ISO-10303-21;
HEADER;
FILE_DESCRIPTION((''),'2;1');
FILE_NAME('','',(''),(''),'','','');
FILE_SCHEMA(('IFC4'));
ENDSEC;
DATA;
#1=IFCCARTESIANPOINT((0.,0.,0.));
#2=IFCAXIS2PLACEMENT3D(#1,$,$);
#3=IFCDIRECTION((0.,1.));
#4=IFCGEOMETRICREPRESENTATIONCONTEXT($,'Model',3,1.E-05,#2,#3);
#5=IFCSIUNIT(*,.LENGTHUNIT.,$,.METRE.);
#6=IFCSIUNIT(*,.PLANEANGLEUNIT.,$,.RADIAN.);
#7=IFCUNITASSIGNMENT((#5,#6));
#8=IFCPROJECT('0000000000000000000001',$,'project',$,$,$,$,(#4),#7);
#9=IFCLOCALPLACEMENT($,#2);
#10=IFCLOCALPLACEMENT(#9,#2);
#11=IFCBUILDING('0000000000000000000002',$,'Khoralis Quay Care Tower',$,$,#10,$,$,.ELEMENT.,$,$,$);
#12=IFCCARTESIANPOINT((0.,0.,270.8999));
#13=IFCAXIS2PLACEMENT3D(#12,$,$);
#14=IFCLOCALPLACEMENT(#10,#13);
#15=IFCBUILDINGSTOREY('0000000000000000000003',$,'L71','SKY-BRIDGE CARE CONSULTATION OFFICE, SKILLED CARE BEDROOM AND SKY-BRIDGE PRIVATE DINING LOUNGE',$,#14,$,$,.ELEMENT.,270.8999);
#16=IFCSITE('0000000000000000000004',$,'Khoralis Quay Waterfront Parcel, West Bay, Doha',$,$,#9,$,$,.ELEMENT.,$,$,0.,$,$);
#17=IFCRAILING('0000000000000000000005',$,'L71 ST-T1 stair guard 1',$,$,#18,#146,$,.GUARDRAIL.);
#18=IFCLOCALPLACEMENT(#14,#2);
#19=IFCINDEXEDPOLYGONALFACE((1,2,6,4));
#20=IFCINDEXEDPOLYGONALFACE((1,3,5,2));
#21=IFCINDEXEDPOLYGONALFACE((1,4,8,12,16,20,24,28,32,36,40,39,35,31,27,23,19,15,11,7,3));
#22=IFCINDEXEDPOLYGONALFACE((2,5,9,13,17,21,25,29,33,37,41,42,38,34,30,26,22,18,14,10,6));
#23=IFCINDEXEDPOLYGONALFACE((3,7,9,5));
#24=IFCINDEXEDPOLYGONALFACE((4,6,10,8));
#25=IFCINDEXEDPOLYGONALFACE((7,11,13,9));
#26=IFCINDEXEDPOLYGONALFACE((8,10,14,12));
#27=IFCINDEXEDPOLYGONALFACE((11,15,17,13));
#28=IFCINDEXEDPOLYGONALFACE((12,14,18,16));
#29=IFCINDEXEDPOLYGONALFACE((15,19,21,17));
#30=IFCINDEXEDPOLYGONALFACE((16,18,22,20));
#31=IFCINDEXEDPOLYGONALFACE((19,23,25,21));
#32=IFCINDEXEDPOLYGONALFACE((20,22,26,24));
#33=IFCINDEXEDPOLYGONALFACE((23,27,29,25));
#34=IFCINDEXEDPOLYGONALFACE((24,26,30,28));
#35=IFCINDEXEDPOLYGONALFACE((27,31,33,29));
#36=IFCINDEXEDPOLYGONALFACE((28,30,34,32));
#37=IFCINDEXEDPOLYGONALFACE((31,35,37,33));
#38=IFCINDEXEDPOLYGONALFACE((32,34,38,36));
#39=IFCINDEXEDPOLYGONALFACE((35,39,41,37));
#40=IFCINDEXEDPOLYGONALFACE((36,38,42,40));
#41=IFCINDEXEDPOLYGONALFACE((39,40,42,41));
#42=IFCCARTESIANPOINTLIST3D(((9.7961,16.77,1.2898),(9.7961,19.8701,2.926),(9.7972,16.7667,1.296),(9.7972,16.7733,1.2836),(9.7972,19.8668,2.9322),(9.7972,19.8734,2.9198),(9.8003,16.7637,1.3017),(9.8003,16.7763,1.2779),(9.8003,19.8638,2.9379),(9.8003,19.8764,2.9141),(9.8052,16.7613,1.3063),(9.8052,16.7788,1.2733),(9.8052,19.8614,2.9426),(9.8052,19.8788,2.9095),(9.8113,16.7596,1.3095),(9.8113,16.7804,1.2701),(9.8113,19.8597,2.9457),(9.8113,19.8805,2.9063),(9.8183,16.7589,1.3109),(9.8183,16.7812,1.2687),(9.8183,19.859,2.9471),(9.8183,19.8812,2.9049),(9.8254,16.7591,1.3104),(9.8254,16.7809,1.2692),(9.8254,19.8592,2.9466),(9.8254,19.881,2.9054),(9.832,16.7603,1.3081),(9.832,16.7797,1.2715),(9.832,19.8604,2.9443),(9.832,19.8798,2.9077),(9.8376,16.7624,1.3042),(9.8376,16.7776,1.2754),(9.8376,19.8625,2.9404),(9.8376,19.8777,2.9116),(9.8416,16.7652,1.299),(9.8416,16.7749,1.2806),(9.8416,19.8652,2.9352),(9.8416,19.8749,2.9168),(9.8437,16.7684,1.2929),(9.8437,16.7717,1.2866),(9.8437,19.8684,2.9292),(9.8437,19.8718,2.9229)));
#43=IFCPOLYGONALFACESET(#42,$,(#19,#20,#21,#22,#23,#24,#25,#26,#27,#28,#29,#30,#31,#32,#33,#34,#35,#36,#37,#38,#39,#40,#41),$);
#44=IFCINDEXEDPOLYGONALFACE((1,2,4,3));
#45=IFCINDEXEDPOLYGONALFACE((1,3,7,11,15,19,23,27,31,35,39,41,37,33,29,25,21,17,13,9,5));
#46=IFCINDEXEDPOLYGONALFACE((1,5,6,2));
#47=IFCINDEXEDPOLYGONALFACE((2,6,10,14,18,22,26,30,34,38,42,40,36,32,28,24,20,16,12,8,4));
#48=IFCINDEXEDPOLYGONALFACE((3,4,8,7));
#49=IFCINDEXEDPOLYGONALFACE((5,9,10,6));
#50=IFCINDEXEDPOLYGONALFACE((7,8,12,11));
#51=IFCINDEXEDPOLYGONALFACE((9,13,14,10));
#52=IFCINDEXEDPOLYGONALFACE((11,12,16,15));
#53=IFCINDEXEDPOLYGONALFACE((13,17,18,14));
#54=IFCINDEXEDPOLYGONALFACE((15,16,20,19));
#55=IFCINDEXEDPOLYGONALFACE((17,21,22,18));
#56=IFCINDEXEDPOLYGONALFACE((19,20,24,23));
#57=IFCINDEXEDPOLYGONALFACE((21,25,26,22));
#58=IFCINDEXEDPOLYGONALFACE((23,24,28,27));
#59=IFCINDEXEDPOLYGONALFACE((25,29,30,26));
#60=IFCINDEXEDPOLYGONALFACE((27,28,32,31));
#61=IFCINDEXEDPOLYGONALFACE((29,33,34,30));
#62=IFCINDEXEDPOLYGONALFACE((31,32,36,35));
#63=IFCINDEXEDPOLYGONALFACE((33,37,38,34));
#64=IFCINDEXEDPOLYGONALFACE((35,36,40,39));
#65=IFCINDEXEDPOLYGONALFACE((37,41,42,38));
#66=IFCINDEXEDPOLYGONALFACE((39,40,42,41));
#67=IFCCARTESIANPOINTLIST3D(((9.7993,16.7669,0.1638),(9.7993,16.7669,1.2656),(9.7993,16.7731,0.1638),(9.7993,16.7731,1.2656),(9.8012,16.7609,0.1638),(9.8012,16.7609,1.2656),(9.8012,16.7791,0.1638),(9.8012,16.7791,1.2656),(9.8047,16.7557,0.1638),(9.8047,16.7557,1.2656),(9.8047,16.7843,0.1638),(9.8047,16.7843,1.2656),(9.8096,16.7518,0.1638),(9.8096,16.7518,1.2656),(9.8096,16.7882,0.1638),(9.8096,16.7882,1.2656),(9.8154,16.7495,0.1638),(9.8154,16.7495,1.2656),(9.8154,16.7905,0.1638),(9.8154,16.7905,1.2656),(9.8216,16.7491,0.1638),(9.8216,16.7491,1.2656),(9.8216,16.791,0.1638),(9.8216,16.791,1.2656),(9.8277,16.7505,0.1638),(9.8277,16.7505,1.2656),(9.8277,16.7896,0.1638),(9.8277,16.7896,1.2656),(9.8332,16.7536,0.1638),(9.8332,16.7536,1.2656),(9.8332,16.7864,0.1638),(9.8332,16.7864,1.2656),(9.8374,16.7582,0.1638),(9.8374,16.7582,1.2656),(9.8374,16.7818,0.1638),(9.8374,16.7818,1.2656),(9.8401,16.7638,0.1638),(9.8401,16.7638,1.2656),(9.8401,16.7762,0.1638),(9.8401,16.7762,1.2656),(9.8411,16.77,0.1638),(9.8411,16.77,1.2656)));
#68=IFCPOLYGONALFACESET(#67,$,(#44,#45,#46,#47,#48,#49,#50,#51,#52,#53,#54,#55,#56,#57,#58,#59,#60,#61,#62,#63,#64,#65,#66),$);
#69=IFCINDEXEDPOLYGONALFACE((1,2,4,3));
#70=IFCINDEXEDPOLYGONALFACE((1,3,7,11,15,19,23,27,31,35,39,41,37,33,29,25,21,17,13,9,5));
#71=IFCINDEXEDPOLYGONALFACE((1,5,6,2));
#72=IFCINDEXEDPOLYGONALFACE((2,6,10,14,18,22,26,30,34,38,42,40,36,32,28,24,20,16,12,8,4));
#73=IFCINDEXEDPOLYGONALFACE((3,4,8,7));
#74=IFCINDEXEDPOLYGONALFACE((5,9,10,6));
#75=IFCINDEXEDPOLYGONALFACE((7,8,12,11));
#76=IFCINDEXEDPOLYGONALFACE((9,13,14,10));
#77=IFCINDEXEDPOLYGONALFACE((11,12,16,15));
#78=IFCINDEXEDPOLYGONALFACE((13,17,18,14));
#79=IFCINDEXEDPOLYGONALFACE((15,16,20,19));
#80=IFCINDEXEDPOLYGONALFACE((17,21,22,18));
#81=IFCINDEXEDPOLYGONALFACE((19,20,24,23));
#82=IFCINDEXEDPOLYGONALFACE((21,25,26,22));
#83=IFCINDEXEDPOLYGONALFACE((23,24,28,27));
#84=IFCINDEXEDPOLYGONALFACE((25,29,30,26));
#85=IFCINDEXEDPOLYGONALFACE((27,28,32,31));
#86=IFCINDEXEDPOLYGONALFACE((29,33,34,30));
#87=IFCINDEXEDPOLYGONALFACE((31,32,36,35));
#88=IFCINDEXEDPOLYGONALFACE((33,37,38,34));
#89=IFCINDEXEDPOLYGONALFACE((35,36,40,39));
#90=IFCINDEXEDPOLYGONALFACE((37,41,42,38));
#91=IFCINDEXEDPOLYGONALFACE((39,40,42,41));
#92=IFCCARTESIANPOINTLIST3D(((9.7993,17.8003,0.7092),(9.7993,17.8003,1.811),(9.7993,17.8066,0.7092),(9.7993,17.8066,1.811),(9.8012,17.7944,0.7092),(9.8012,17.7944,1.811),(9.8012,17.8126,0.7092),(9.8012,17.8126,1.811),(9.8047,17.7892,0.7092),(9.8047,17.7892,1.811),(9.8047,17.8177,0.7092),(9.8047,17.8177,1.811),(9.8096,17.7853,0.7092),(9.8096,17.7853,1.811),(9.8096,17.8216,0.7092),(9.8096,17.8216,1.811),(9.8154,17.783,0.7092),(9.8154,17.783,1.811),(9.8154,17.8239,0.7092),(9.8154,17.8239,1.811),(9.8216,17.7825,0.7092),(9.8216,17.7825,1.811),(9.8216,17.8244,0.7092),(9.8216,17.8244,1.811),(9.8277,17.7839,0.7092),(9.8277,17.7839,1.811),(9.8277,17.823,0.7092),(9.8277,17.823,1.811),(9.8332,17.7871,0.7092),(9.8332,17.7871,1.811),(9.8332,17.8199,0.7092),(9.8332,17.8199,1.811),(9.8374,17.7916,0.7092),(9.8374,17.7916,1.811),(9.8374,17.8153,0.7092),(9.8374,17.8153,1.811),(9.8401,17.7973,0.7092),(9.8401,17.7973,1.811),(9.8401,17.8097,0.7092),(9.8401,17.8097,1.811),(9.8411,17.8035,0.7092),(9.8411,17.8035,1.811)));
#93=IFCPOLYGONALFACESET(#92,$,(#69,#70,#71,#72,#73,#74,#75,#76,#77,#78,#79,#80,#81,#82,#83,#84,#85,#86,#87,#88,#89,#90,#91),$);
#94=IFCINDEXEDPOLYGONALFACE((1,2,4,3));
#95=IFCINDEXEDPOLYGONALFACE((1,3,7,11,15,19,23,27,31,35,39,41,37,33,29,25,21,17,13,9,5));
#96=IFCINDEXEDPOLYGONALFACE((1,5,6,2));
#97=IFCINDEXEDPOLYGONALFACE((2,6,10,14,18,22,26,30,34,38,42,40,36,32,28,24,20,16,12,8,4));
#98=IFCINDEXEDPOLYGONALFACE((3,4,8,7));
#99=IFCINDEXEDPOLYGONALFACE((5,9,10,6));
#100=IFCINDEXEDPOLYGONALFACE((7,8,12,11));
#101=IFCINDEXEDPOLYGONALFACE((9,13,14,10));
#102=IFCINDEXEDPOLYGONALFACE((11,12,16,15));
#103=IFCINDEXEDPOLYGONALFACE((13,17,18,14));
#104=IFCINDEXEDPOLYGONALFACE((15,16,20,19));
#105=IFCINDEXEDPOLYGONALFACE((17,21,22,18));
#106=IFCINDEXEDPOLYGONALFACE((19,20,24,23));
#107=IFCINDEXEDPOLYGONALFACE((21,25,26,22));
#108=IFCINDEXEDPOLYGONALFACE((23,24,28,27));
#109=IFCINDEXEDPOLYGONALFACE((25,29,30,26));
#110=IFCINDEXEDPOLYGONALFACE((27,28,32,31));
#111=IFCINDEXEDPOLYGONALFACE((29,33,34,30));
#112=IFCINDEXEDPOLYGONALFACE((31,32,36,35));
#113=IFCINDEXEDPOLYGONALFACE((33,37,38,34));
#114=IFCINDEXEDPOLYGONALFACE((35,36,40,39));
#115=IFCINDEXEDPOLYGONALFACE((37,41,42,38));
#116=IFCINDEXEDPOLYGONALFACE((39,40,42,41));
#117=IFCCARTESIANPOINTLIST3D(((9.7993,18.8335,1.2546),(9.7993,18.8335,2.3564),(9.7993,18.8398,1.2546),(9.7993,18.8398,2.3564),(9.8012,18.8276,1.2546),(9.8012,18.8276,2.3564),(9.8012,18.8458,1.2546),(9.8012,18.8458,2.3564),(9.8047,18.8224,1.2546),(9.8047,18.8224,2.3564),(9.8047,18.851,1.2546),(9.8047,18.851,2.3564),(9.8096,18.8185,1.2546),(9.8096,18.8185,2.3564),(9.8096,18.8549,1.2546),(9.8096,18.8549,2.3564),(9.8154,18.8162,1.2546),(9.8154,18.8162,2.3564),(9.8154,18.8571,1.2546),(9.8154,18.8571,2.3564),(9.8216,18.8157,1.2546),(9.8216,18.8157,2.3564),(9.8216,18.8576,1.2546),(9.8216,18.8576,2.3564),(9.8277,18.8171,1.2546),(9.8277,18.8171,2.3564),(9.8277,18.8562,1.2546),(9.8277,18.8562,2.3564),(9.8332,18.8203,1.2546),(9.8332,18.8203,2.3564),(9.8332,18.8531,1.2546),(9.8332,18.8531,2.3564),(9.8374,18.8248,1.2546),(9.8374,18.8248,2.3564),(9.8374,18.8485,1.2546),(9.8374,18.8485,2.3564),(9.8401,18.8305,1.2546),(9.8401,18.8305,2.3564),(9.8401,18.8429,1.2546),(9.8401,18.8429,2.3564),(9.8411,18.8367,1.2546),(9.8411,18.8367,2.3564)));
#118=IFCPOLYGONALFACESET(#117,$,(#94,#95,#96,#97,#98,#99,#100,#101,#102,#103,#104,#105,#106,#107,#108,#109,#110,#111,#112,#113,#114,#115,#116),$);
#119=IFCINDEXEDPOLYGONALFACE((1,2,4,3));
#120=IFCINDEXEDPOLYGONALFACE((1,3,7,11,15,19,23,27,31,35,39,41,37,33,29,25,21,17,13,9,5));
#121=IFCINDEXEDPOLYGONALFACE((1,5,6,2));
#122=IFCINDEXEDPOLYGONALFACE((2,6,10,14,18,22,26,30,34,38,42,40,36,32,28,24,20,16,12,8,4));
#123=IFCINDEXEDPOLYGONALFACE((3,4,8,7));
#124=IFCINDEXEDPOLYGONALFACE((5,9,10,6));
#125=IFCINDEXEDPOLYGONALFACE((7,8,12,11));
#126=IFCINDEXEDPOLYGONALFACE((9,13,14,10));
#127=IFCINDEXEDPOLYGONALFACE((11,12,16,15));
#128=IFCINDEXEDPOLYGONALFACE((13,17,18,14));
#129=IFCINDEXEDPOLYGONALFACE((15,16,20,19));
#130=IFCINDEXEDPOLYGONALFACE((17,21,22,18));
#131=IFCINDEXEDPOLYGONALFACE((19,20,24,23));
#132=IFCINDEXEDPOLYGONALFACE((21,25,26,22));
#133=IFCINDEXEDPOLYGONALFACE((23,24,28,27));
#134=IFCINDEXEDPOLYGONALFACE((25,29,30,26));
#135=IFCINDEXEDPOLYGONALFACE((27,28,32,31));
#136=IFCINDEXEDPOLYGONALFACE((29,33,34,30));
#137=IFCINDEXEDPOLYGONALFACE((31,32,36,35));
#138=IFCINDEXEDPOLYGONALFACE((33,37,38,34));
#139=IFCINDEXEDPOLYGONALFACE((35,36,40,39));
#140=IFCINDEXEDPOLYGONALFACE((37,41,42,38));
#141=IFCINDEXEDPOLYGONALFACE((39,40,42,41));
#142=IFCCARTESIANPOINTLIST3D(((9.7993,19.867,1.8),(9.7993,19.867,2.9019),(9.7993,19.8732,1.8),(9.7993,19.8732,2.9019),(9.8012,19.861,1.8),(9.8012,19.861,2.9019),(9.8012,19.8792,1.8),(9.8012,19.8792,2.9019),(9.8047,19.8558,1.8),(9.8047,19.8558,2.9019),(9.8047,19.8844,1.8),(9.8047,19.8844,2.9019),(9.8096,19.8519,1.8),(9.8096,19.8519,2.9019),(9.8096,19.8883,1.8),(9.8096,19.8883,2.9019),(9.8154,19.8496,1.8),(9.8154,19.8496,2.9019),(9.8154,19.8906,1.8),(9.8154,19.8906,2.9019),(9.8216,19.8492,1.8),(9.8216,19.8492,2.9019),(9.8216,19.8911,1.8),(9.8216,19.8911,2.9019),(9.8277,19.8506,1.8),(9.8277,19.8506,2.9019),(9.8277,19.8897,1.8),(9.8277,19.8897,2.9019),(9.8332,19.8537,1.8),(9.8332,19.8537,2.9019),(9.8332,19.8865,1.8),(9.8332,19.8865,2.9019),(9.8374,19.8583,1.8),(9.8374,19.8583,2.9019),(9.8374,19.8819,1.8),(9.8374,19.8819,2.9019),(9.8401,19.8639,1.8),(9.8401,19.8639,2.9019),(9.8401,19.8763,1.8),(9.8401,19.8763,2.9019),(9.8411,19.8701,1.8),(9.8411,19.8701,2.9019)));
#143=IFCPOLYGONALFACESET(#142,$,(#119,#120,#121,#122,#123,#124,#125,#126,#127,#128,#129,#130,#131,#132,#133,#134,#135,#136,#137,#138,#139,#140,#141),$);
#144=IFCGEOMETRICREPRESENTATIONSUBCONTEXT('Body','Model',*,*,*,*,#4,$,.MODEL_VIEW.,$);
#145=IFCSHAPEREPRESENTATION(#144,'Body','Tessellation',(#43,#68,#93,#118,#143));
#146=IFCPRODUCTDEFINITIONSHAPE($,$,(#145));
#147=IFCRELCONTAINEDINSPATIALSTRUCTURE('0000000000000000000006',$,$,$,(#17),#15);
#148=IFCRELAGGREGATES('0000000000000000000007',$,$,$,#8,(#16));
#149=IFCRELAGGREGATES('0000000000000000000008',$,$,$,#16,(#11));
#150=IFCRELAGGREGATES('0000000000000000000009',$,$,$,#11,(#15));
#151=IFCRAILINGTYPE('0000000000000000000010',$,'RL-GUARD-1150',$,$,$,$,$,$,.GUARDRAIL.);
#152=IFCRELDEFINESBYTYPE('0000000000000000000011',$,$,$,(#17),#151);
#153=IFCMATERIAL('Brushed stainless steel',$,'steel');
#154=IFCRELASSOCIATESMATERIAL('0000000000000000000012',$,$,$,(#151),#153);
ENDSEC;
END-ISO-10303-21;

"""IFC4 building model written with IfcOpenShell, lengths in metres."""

from ifc_helpers import new_model, si_unit, direction, frame, origin, origin_2d, place, context, subcontext, project, spatial, circle, extrude, material, type_object, element, save


model = new_model("IFC4")

# Units and contexts
model_context = context("Model", 3, precision=1e-05, world=origin(), true_north=direction((0.0, 1.0)))
body_context = subcontext(model_context, "Body", "Model", "MODEL_VIEW")
ifc_project = project(units=[si_unit("LENGTHUNIT", "METRE"), si_unit("PLANEANGLEUNIT", "RADIAN")], contexts=[model_context])

# Site, building, storey
site_placement = place(None, origin())
site = spatial("IfcSite", under=ifc_project, at=site_placement, Name="Khoralis Quay Waterfront Parcel, West Bay, Doha", CompositionType="ELEMENT", RefElevation=0.0)
building_placement = place(site_placement, origin())
building = spatial("IfcBuilding", under=site, at=building_placement, Name="Khoralis Quay Care Tower", CompositionType="ELEMENT")
storey_placement = place(building_placement, frame((0.0, 0.0, 270.8999)))
storey = spatial("IfcBuildingStorey", under=building, at=storey_placement, Name="L71", Description="SKY-BRIDGE CARE CONSULTATION OFFICE, SKILLED CARE BEDROOM AND SKY-BRIDGE PRIVATE DINING LOUNGE", CompositionType="ELEMENT", Elevation=270.8999)

# Shared definitions
ifc_material_1 = material(Name="Brushed stainless steel", Category="steel")

# Railing
railing_type_1 = type_object("IfcRailingType", Name="RL-GUARD-1150", PredefinedType="GUARDRAIL", material=ifc_material_1)
railing_1_placement = place(storey_placement, frame((9.8201, 16.77, 0.1638)))
element("IfcRailing", 1, at=railing_1_placement, inside=storey, type_object=railing_type_1, Name="L71 ST-T1 stair guard 1", PredefinedType="GUARDRAIL", context=body_context, shape_type="SweptSolid", body=[
    extrude(circle(Radius=0.0239, at=origin_2d()), frame((0.0, 0.0, 1.126), z_axis=(0.0, 0.884377, 0.466774), x_axis=(-1.0, 0.0, 0.0)), (0.0, 0.0, 1.0), 3.5054),
    extrude(circle(Radius=0.021, at=origin_2d()), origin(), (0.0, 0.0, 1.0), 1.1018),
    extrude(circle(Radius=0.021, at=origin_2d()), frame((0.0, 1.0334, 0.5454)), (0.0, 0.0, 1.0), 1.1018),
    extrude(circle(Radius=0.021, at=origin_2d()), frame((0.0, 2.0667, 1.0908)), (0.0, 0.0, 1.0), 1.1018),
    extrude(circle(Radius=0.021, at=origin_2d()), frame((0.0, 3.1001, 1.6362)), (0.0, 0.0, 1.0), 1.1018),
])

save(model, "model.ifc")
